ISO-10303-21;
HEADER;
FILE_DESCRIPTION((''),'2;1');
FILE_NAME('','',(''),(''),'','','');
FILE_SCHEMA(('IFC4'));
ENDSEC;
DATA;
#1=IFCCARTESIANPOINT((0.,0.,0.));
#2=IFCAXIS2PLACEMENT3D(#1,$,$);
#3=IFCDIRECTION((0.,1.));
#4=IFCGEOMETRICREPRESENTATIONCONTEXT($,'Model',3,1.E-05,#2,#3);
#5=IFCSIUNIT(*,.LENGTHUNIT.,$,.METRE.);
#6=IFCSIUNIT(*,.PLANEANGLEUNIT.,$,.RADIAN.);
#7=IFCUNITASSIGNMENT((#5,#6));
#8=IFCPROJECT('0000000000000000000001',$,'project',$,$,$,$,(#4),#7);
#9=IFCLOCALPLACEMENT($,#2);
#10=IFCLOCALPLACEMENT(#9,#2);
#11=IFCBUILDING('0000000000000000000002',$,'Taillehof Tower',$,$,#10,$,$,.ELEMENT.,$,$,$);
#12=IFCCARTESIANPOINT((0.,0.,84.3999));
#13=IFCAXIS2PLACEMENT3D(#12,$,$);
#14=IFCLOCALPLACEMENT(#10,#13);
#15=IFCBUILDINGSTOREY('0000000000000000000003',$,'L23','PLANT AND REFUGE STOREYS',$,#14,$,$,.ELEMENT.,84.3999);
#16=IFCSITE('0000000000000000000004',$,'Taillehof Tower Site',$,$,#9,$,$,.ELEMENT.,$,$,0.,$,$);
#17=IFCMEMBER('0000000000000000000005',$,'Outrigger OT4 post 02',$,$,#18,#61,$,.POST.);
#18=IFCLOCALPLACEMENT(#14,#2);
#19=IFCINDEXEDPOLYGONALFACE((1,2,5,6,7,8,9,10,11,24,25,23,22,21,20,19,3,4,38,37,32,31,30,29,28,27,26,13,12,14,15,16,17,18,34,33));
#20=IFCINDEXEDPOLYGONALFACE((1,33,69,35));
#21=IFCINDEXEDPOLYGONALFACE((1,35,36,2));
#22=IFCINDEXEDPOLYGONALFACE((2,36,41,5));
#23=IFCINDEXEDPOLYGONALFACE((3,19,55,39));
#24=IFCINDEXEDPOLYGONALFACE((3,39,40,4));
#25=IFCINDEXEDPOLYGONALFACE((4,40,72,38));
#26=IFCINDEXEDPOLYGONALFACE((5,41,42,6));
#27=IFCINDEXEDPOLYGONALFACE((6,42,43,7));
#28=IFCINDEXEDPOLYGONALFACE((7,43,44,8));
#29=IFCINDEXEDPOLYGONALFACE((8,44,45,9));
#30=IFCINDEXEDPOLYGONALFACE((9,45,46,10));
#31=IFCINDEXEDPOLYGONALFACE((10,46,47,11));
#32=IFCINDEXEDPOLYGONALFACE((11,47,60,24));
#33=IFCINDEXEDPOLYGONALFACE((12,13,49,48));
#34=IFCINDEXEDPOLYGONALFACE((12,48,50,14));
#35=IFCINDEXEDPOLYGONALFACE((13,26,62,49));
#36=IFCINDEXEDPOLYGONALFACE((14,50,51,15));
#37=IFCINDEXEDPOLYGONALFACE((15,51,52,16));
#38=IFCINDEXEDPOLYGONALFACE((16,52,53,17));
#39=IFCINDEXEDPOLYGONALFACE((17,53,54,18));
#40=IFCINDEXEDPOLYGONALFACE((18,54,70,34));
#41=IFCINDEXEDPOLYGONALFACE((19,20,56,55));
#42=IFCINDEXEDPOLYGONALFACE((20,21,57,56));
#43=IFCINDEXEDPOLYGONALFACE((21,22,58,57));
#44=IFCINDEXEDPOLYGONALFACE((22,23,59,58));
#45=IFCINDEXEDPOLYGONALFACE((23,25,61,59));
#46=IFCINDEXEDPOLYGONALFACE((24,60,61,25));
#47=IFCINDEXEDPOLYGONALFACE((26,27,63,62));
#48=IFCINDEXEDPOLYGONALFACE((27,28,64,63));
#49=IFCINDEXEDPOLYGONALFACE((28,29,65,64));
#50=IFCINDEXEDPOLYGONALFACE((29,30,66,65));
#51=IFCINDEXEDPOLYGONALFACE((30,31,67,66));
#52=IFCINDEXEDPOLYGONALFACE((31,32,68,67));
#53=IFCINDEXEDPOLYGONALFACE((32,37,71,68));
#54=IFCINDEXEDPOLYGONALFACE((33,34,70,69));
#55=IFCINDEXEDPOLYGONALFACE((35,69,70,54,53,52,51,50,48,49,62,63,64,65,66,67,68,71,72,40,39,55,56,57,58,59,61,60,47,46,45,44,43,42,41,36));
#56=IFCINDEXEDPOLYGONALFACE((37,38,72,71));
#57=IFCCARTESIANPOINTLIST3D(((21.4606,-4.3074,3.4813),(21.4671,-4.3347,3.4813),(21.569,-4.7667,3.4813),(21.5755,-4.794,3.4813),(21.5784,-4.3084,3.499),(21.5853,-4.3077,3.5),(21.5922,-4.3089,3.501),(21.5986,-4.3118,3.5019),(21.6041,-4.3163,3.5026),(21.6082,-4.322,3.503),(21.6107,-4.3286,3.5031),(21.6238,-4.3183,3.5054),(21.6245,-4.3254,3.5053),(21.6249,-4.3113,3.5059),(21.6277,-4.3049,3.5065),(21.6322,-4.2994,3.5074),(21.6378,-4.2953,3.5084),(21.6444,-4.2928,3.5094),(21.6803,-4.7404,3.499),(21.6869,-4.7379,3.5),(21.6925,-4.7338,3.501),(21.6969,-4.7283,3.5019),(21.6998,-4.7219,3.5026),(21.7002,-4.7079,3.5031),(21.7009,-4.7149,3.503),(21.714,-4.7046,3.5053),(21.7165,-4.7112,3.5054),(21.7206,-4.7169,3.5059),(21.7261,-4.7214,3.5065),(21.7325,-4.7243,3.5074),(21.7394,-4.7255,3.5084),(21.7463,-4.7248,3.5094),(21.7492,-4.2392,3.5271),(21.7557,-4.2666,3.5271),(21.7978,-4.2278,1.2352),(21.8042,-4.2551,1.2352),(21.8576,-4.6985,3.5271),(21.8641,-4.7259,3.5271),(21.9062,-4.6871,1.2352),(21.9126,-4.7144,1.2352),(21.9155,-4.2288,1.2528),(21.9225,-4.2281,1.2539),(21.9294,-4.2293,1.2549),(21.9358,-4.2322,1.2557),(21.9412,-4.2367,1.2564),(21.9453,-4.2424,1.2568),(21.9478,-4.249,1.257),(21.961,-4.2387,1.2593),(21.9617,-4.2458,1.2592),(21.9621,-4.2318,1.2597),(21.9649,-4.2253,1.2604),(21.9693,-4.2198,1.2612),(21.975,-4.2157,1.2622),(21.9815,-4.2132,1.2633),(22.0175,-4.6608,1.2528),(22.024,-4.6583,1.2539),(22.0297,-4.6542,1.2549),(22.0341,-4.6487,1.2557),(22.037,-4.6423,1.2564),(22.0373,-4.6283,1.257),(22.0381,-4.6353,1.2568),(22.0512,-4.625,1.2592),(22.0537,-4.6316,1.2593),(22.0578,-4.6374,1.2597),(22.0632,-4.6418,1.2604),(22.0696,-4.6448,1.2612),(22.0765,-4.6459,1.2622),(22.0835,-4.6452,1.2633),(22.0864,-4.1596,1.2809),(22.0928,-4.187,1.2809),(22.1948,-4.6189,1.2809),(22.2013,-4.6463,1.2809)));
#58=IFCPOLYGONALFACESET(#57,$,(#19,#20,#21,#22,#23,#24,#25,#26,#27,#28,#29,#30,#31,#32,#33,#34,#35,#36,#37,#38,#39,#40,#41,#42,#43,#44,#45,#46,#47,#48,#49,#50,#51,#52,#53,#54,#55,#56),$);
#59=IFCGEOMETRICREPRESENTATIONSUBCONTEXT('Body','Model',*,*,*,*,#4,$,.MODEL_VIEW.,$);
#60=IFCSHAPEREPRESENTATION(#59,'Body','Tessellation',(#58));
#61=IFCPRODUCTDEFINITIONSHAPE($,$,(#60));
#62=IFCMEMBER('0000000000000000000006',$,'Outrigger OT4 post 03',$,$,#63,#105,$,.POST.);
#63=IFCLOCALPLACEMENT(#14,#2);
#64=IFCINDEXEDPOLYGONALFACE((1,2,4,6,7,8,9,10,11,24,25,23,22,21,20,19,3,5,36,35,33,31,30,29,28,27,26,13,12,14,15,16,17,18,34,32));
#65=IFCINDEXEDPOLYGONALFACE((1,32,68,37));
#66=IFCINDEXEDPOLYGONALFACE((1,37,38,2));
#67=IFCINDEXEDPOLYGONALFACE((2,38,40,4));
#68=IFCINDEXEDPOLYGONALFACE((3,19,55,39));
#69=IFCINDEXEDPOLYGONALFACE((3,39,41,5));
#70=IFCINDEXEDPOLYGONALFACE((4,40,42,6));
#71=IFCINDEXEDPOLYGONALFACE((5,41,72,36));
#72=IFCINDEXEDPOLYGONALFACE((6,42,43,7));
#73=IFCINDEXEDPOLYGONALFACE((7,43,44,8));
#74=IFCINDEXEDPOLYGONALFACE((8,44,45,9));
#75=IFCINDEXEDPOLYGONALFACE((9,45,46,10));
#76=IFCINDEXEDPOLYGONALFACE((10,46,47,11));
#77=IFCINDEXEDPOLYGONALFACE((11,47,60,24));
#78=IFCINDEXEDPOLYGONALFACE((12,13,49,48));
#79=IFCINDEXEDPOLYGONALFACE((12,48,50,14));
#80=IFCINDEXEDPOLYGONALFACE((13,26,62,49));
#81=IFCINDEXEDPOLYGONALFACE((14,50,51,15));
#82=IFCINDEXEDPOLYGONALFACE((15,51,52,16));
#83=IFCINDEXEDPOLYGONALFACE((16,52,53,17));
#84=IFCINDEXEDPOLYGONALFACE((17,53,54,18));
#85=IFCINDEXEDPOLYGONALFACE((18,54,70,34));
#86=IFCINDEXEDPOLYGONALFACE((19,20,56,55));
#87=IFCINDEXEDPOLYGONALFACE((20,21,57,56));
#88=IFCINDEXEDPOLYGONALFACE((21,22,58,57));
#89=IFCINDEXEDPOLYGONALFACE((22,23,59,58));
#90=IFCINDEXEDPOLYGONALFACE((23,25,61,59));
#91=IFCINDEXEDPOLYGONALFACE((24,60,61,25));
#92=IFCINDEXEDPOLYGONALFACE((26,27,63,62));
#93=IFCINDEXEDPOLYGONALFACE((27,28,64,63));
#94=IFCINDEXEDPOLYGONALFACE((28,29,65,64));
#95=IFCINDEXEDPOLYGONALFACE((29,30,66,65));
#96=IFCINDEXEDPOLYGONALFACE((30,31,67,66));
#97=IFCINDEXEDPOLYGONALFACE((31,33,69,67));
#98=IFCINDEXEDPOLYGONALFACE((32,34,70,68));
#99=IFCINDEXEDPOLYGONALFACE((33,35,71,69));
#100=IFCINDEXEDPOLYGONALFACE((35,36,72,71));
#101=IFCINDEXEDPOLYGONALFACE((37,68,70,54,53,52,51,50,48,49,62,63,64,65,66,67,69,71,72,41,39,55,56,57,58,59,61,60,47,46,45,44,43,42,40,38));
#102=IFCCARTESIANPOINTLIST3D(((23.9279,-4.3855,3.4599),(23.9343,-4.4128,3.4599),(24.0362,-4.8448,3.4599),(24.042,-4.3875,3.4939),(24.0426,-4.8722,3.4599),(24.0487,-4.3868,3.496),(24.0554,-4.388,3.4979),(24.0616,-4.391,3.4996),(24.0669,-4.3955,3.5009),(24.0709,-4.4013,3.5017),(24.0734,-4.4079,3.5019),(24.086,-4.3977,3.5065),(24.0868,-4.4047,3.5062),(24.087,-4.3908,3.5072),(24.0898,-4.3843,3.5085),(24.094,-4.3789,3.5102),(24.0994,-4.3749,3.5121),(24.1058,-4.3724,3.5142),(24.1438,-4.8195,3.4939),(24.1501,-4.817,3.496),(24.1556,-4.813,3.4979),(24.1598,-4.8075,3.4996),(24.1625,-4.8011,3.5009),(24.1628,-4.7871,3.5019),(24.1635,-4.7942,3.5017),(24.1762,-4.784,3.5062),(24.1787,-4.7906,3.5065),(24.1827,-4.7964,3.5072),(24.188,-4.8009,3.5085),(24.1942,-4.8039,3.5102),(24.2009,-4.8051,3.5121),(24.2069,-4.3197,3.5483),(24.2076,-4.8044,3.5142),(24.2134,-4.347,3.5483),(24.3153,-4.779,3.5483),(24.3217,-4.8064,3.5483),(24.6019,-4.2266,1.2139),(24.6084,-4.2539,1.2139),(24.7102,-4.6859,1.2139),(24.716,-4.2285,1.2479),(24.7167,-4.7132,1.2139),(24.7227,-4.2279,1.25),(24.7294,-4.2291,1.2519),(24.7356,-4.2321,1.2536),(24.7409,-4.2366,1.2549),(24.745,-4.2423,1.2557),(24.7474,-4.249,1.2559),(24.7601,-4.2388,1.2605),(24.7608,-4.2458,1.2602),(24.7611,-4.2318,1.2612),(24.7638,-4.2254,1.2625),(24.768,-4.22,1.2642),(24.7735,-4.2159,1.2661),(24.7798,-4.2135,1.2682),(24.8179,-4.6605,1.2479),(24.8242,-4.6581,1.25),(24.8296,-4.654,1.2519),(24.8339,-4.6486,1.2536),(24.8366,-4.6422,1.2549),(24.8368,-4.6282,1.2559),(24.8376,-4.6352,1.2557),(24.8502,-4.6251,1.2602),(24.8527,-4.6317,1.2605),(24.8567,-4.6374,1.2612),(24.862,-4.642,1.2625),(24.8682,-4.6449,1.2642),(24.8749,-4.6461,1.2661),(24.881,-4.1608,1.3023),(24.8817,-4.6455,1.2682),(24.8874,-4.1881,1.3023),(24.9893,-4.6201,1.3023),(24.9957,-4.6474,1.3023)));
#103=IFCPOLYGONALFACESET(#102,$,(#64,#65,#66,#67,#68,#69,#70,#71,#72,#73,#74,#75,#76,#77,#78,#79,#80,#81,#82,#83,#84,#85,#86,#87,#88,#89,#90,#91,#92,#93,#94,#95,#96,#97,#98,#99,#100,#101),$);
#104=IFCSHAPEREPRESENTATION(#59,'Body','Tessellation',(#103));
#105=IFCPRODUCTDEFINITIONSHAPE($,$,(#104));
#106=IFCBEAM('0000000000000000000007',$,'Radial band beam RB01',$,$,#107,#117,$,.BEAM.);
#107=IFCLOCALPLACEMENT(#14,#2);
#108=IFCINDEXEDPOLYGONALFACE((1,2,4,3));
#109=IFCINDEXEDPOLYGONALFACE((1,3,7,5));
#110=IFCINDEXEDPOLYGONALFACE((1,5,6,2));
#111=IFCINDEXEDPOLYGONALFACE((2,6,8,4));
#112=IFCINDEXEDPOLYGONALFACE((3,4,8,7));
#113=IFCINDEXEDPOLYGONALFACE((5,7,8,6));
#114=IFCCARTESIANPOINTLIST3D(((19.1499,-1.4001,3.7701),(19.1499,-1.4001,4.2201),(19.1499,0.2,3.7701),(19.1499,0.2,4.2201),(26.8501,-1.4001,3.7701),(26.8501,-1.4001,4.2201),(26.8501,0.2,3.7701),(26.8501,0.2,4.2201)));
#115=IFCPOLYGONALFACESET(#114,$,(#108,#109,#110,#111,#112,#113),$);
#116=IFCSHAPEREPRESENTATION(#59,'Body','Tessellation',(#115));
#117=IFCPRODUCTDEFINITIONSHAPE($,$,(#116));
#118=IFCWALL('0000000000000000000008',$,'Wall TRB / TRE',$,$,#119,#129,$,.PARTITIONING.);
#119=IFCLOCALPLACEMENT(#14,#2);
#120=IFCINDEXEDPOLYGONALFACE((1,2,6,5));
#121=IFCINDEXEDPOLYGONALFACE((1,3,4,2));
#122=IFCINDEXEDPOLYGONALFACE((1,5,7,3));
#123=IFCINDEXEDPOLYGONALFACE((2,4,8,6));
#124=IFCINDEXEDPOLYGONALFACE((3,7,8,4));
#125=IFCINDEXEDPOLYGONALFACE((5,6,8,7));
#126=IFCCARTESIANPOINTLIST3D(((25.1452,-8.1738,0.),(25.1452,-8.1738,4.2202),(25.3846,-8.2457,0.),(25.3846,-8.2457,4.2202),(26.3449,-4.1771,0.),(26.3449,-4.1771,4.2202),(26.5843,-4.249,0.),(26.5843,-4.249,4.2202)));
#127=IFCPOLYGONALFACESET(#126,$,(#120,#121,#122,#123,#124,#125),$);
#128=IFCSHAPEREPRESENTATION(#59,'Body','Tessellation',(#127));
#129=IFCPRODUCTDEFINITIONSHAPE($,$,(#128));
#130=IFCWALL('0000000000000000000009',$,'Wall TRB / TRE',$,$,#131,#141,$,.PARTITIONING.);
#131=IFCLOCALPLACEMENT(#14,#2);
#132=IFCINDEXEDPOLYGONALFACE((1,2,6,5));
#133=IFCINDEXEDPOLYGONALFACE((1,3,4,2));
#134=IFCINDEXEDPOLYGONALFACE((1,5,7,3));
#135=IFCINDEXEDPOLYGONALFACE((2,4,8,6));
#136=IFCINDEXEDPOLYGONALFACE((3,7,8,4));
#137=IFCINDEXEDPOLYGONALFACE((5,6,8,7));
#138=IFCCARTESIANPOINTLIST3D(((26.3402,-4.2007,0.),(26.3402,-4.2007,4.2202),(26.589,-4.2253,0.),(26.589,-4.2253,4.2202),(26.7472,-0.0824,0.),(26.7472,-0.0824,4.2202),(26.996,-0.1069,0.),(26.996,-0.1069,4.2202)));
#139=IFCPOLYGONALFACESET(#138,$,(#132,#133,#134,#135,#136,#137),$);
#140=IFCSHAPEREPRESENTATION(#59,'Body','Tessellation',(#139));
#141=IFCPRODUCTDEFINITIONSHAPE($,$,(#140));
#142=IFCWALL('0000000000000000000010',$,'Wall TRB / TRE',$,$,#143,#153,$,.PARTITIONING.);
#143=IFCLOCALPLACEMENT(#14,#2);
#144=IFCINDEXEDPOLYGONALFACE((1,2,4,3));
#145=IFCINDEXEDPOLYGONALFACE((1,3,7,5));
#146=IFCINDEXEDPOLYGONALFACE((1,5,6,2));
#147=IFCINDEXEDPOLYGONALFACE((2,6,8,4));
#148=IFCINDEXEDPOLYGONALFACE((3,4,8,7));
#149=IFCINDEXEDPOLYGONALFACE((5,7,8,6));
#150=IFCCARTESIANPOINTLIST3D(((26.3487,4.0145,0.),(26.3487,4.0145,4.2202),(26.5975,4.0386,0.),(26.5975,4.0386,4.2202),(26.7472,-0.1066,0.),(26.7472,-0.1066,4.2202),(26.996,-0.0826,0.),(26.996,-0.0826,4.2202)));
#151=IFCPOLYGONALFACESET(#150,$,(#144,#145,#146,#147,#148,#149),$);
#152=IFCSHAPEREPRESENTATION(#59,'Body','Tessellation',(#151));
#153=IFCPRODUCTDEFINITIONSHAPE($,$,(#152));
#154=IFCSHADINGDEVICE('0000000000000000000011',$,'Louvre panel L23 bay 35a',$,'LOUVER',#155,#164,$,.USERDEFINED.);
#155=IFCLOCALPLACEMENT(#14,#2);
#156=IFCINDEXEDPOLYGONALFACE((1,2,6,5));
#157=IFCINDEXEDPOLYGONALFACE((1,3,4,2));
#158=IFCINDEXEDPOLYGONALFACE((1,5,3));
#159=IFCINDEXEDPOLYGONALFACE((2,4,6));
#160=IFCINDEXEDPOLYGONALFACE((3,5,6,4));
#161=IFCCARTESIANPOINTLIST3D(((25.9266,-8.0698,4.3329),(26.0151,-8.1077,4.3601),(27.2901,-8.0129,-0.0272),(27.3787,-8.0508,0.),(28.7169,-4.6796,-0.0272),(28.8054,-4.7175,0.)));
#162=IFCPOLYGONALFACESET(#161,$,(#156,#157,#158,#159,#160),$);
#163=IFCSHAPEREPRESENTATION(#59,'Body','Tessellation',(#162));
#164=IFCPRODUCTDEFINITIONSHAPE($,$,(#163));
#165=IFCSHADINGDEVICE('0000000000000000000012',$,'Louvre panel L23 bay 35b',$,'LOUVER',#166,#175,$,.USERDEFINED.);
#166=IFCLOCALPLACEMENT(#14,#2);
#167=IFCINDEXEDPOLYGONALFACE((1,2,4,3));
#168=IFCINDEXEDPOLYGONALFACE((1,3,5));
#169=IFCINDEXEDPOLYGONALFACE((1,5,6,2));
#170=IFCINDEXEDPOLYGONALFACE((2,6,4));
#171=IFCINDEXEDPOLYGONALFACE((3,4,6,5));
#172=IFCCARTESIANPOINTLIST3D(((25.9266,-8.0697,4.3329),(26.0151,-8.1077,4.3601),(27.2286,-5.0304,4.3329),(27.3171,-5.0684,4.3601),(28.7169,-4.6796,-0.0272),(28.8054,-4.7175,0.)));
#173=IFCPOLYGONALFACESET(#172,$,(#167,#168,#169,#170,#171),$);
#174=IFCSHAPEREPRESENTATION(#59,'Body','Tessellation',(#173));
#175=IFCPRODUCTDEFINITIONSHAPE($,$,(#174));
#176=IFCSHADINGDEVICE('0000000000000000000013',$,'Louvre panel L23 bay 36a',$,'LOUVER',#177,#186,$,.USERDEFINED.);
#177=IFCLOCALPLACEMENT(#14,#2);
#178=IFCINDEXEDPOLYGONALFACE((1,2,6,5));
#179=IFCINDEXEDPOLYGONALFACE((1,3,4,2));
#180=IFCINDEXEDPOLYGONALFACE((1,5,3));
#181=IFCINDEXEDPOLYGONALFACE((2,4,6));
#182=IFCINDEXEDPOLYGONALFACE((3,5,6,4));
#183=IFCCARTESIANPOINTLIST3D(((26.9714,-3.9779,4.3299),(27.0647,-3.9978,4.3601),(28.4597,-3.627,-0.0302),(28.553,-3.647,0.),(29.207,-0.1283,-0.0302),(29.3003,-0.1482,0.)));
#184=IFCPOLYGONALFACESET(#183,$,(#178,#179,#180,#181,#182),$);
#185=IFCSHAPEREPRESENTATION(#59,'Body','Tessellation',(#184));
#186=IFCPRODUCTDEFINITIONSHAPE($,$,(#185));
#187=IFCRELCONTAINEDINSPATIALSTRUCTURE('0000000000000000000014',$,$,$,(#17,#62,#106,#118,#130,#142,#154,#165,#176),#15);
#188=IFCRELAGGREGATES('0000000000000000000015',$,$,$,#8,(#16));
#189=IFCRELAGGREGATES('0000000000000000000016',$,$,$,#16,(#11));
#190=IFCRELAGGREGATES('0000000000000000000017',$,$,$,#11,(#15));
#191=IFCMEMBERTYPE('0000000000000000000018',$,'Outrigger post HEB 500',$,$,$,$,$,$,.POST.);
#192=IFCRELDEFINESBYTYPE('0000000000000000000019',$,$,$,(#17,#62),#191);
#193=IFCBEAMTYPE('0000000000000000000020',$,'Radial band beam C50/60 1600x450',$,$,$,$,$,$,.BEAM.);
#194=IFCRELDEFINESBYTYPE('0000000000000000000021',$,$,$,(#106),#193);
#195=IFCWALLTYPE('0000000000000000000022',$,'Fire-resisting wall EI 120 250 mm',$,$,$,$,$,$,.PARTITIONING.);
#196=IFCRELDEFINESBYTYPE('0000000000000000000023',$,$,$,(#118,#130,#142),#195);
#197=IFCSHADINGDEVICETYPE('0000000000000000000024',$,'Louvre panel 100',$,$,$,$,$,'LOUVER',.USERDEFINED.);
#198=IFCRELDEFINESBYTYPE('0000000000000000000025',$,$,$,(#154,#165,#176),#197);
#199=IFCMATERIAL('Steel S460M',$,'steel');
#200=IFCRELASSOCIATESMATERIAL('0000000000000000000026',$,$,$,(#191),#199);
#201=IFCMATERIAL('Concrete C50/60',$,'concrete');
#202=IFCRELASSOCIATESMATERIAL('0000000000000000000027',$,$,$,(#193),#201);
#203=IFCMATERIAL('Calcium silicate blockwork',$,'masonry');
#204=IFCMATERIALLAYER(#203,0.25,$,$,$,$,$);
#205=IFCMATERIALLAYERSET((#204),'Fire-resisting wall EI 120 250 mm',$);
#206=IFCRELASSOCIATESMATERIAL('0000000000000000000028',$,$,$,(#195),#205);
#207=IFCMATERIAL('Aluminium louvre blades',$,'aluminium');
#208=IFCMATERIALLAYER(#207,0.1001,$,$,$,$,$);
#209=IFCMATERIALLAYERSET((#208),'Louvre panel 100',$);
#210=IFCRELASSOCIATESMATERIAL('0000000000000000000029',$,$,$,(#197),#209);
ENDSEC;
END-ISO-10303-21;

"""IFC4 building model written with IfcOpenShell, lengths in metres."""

from ifc_helpers import new_model, si_unit, direction, frame, frame_2d, origin, origin_2d, place, context, subcontext, project, spatial, polyline, rectangle, i_section, outline, extrude, material, layer, layer_set, material_profile, profile_set, type_object, element, save


model = new_model("IFC4")

# Units and contexts
model_context = context("Model", 3, precision=1e-05, world=origin(), true_north=direction((0.0, 1.0)))
body_context = subcontext(model_context, "Body", "Model", "MODEL_VIEW")
ifc_project = project(units=[si_unit("LENGTHUNIT", "METRE"), si_unit("PLANEANGLEUNIT", "RADIAN")], contexts=[model_context])

# Site, building, storey
site_placement = place(None, origin())
site = spatial("IfcSite", under=ifc_project, at=site_placement, Name="Taillehof Tower Site", CompositionType="ELEMENT", RefElevation=0.0)
building_placement = place(site_placement, origin())
building = spatial("IfcBuilding", under=site, at=building_placement, Name="Taillehof Tower", CompositionType="ELEMENT")
storey_placement = place(building_placement, frame((0.0, 0.0, 84.3999)))
storey = spatial("IfcBuildingStorey", under=building, at=storey_placement, Name="L23", Description="PLANT AND REFUGE STOREYS", CompositionType="ELEMENT", Elevation=84.3999)

# Members
ifc_material_1 = material(Name="Steel S460M", Category="steel")
ifc_material_profile_1 = material_profile(ifc_material_1, i_section(OverallWidth=0.3, OverallDepth=0.5, WebThickness=0.0144, FlangeThickness=0.0281, FilletRadius=0.0271, at=origin_2d()), Name="HEB 500")
ifc_profile_set_1 = profile_set([ifc_material_profile_1], Name="Steel S460M")
member_type_1 = type_object("IfcMemberType", Name="Outrigger post HEB 500", PredefinedType="POST", material=ifc_profile_set_1)
member_1_placement = place(storey_placement, frame((21.9995, -4.437, 1.2581), z_axis=(-0.148355, -0.035021, 0.988314), x_axis=(-0.961877, -0.227062, -0.152432)))
element("IfcMember", 1, at=member_1_placement, inside=storey, type_object=member_type_1, Name="Outrigger OT4 post 02", PredefinedType="POST", context=body_context, shape_type="SweptSolid", body=[
    extrude(i_section(OverallWidth=0.3, OverallDepth=0.5, WebThickness=0.0144, FlangeThickness=0.0281, FilletRadius=0.0271, at=origin_2d()), origin(), (0.0, 0.0, 1.0), 2.2727),
])
member_2_placement = place(storey_placement, frame((24.7988, -4.437, 1.2581), z_axis=(-0.286785, -0.067619, 0.955605), x_axis=(-0.930101, -0.219303, -0.294649)))
element("IfcMember", 2, at=member_2_placement, inside=storey, type_object=member_type_1, Name="Outrigger OT4 post 03", PredefinedType="POST", context=body_context, shape_type="SweptSolid", body=[
    extrude(i_section(OverallWidth=0.3, OverallDepth=0.5, WebThickness=0.0144, FlangeThickness=0.0281, FilletRadius=0.0271, at=origin_2d()), origin(), (0.0, 0.0, 1.0), 2.3503),
])

# Beam
ifc_material_2 = material(Name="Concrete C50/60", Category="concrete")
ifc_material_profile_2 = material_profile(ifc_material_2, rectangle(XDim=1.6001, YDim=0.45, at=origin_2d()), Name="RC 1600x450")
ifc_profile_set_2 = profile_set([ifc_material_profile_2], Name="Concrete C50/60")
beam_type = type_object("IfcBeamType", Name="Radial band beam C50/60 1600x450", PredefinedType="BEAM", material=ifc_profile_set_2)
beam_placement = place(storey_placement, frame((26.8501, -0.6001, 3.9951), z_axis=(-1.0, 0.0, 0.0), x_axis=(0.0, -1.0, 0.0)))
element("IfcBeam", 3, at=beam_placement, inside=storey, type_object=beam_type, Name="Radial band beam RB01", PredefinedType="BEAM", context=body_context, shape_type="SweptSolid", body=[
    extrude(rectangle(XDim=1.6001, YDim=0.45, at=origin_2d()), origin(), (0.0, 0.0, 1.0), 7.7002),
])

# Walls
ifc_material_3 = material(Name="Calcium silicate blockwork", Category="masonry")
ifc_layer_1 = layer(ifc_material_3, 0.25)
ifc_layer_set_1 = layer_set([ifc_layer_1], Name="Fire-resisting wall EI 120 250 mm")
wall_type = type_object("IfcWallType", Name="Fire-resisting wall EI 120 250 mm", PredefinedType="PARTITIONING", material=ifc_layer_set_1)
wall_1_placement = place(storey_placement, frame((25.2649, -8.2097, 0.0), z_axis=(0.0, 0.0, 1.0), x_axis=(0.287509, 0.957778, 0.0)))
element("IfcWall", 4, at=wall_1_placement, inside=storey, type_object=wall_type, Name="Wall TRB / TRE", PredefinedType="PARTITIONING", context=body_context, shape_type="SweptSolid", body=[
    extrude(rectangle(XDim=4.1729, YDim=0.25, at=frame_2d((2.0864, 0.0))), origin(), (0.0, 0.0, 1.0), 4.2202),
])
wall_2_placement = place(storey_placement, frame((26.4646, -4.2131, 0.0), z_axis=(0.0, 0.0, 1.0), x_axis=(0.098341, 0.995153, 0.0)))
element("IfcWall", 5, at=wall_2_placement, inside=storey, type_object=wall_type, Name="Wall TRB / TRE", PredefinedType="PARTITIONING", context=body_context, shape_type="SweptSolid", body=[
    extrude(rectangle(XDim=4.1384, YDim=0.25, at=frame_2d((2.0693, 0.0))), origin(), (0.0, 0.0, 1.0), 4.2202),
])
wall_3_placement = place(storey_placement, frame((26.8716, -0.0947, 0.0), z_axis=(0.0, 0.0, 1.0), x_axis=(-0.096234, 0.995359, 0.0)))
element("IfcWall", 6, at=wall_3_placement, inside=storey, type_object=wall_type, Name="Wall TRB / TRE", PredefinedType="PARTITIONING", context=body_context, shape_type="SweptSolid", body=[
    extrude(rectangle(XDim=4.1404, YDim=0.25, at=frame_2d((2.0703, 0.0))), origin(), (0.0, 0.0, 1.0), 4.2202),
])

# Shading devices
ifc_material_4 = material(Name="Aluminium louvre blades", Category="aluminium")
ifc_layer_2 = layer(ifc_material_4, 0.1001)
ifc_layer_set_2 = layer_set([ifc_layer_2], Name="Louvre panel 100")
shading_device_type = type_object("IfcShadingDeviceType", Name="Louvre panel 100", ElementType="LOUVER", PredefinedType="USERDEFINED", material=ifc_layer_set_2)
shading_device_1_placement = place(storey_placement, frame((27.3787, -8.0508, 0.0), z_axis=(0.884729, -0.378698, 0.271738), x_axis=(0.393505, 0.919323, 0.0)))
element("IfcShadingDevice", 7, at=shading_device_1_placement, inside=storey, type_object=shading_device_type, Name="Louvre panel L23 bay 35a", ObjectType="LOUVER", PredefinedType="USERDEFINED", context=body_context, shape_type="SweptSolid", body=[
    extrude(outline(polyline([(0.0, 0.0), (3.6258, 0.0), (-0.5888, 4.5306), (0.0, 0.0)])), origin(), (0.0, 0.0, -1.0), 0.1001),
])
shading_device_2_placement = place(storey_placement, frame((28.8054, -4.7175, 0.0), z_axis=(0.884684, -0.378988, 0.271484), x_axis=(-0.322107, -0.07593, 0.943653)))
element("IfcShadingDevice", 8, at=shading_device_2_placement, inside=storey, type_object=shading_device_type, Name="Louvre panel L23 bay 35b", ObjectType="LOUVER", PredefinedType="USERDEFINED", context=body_context, shape_type="SweptSolid", body=[
    extrude(outline(polyline([(0.0, 0.0), (4.6205, 0.0), (5.2706, 3.2419), (0.0, 0.0)])), origin(), (0.0, 0.0, -1.0), 0.1001),
])
shading_device_3_placement = place(storey_placement, frame((28.553, -3.647, 0.0), z_axis=(0.932222, -0.199116, 0.302184), x_axis=(0.208881, 0.977941, 0.0)))
element("IfcShadingDevice", 9, at=shading_device_3_placement, inside=storey, type_object=shading_device_type, Name="Louvre panel L23 bay 36a", ObjectType="LOUVER", PredefinedType="USERDEFINED", context=body_context, shape_type="SweptSolid", body=[
    extrude(outline(polyline([(0.0, 0.0), (3.5777, 0.0), (-0.654, 4.5739), (0.0, 0.0)])), origin(), (0.0, 0.0, -1.0), 0.1001),
])

save(model, "model.ifc")
